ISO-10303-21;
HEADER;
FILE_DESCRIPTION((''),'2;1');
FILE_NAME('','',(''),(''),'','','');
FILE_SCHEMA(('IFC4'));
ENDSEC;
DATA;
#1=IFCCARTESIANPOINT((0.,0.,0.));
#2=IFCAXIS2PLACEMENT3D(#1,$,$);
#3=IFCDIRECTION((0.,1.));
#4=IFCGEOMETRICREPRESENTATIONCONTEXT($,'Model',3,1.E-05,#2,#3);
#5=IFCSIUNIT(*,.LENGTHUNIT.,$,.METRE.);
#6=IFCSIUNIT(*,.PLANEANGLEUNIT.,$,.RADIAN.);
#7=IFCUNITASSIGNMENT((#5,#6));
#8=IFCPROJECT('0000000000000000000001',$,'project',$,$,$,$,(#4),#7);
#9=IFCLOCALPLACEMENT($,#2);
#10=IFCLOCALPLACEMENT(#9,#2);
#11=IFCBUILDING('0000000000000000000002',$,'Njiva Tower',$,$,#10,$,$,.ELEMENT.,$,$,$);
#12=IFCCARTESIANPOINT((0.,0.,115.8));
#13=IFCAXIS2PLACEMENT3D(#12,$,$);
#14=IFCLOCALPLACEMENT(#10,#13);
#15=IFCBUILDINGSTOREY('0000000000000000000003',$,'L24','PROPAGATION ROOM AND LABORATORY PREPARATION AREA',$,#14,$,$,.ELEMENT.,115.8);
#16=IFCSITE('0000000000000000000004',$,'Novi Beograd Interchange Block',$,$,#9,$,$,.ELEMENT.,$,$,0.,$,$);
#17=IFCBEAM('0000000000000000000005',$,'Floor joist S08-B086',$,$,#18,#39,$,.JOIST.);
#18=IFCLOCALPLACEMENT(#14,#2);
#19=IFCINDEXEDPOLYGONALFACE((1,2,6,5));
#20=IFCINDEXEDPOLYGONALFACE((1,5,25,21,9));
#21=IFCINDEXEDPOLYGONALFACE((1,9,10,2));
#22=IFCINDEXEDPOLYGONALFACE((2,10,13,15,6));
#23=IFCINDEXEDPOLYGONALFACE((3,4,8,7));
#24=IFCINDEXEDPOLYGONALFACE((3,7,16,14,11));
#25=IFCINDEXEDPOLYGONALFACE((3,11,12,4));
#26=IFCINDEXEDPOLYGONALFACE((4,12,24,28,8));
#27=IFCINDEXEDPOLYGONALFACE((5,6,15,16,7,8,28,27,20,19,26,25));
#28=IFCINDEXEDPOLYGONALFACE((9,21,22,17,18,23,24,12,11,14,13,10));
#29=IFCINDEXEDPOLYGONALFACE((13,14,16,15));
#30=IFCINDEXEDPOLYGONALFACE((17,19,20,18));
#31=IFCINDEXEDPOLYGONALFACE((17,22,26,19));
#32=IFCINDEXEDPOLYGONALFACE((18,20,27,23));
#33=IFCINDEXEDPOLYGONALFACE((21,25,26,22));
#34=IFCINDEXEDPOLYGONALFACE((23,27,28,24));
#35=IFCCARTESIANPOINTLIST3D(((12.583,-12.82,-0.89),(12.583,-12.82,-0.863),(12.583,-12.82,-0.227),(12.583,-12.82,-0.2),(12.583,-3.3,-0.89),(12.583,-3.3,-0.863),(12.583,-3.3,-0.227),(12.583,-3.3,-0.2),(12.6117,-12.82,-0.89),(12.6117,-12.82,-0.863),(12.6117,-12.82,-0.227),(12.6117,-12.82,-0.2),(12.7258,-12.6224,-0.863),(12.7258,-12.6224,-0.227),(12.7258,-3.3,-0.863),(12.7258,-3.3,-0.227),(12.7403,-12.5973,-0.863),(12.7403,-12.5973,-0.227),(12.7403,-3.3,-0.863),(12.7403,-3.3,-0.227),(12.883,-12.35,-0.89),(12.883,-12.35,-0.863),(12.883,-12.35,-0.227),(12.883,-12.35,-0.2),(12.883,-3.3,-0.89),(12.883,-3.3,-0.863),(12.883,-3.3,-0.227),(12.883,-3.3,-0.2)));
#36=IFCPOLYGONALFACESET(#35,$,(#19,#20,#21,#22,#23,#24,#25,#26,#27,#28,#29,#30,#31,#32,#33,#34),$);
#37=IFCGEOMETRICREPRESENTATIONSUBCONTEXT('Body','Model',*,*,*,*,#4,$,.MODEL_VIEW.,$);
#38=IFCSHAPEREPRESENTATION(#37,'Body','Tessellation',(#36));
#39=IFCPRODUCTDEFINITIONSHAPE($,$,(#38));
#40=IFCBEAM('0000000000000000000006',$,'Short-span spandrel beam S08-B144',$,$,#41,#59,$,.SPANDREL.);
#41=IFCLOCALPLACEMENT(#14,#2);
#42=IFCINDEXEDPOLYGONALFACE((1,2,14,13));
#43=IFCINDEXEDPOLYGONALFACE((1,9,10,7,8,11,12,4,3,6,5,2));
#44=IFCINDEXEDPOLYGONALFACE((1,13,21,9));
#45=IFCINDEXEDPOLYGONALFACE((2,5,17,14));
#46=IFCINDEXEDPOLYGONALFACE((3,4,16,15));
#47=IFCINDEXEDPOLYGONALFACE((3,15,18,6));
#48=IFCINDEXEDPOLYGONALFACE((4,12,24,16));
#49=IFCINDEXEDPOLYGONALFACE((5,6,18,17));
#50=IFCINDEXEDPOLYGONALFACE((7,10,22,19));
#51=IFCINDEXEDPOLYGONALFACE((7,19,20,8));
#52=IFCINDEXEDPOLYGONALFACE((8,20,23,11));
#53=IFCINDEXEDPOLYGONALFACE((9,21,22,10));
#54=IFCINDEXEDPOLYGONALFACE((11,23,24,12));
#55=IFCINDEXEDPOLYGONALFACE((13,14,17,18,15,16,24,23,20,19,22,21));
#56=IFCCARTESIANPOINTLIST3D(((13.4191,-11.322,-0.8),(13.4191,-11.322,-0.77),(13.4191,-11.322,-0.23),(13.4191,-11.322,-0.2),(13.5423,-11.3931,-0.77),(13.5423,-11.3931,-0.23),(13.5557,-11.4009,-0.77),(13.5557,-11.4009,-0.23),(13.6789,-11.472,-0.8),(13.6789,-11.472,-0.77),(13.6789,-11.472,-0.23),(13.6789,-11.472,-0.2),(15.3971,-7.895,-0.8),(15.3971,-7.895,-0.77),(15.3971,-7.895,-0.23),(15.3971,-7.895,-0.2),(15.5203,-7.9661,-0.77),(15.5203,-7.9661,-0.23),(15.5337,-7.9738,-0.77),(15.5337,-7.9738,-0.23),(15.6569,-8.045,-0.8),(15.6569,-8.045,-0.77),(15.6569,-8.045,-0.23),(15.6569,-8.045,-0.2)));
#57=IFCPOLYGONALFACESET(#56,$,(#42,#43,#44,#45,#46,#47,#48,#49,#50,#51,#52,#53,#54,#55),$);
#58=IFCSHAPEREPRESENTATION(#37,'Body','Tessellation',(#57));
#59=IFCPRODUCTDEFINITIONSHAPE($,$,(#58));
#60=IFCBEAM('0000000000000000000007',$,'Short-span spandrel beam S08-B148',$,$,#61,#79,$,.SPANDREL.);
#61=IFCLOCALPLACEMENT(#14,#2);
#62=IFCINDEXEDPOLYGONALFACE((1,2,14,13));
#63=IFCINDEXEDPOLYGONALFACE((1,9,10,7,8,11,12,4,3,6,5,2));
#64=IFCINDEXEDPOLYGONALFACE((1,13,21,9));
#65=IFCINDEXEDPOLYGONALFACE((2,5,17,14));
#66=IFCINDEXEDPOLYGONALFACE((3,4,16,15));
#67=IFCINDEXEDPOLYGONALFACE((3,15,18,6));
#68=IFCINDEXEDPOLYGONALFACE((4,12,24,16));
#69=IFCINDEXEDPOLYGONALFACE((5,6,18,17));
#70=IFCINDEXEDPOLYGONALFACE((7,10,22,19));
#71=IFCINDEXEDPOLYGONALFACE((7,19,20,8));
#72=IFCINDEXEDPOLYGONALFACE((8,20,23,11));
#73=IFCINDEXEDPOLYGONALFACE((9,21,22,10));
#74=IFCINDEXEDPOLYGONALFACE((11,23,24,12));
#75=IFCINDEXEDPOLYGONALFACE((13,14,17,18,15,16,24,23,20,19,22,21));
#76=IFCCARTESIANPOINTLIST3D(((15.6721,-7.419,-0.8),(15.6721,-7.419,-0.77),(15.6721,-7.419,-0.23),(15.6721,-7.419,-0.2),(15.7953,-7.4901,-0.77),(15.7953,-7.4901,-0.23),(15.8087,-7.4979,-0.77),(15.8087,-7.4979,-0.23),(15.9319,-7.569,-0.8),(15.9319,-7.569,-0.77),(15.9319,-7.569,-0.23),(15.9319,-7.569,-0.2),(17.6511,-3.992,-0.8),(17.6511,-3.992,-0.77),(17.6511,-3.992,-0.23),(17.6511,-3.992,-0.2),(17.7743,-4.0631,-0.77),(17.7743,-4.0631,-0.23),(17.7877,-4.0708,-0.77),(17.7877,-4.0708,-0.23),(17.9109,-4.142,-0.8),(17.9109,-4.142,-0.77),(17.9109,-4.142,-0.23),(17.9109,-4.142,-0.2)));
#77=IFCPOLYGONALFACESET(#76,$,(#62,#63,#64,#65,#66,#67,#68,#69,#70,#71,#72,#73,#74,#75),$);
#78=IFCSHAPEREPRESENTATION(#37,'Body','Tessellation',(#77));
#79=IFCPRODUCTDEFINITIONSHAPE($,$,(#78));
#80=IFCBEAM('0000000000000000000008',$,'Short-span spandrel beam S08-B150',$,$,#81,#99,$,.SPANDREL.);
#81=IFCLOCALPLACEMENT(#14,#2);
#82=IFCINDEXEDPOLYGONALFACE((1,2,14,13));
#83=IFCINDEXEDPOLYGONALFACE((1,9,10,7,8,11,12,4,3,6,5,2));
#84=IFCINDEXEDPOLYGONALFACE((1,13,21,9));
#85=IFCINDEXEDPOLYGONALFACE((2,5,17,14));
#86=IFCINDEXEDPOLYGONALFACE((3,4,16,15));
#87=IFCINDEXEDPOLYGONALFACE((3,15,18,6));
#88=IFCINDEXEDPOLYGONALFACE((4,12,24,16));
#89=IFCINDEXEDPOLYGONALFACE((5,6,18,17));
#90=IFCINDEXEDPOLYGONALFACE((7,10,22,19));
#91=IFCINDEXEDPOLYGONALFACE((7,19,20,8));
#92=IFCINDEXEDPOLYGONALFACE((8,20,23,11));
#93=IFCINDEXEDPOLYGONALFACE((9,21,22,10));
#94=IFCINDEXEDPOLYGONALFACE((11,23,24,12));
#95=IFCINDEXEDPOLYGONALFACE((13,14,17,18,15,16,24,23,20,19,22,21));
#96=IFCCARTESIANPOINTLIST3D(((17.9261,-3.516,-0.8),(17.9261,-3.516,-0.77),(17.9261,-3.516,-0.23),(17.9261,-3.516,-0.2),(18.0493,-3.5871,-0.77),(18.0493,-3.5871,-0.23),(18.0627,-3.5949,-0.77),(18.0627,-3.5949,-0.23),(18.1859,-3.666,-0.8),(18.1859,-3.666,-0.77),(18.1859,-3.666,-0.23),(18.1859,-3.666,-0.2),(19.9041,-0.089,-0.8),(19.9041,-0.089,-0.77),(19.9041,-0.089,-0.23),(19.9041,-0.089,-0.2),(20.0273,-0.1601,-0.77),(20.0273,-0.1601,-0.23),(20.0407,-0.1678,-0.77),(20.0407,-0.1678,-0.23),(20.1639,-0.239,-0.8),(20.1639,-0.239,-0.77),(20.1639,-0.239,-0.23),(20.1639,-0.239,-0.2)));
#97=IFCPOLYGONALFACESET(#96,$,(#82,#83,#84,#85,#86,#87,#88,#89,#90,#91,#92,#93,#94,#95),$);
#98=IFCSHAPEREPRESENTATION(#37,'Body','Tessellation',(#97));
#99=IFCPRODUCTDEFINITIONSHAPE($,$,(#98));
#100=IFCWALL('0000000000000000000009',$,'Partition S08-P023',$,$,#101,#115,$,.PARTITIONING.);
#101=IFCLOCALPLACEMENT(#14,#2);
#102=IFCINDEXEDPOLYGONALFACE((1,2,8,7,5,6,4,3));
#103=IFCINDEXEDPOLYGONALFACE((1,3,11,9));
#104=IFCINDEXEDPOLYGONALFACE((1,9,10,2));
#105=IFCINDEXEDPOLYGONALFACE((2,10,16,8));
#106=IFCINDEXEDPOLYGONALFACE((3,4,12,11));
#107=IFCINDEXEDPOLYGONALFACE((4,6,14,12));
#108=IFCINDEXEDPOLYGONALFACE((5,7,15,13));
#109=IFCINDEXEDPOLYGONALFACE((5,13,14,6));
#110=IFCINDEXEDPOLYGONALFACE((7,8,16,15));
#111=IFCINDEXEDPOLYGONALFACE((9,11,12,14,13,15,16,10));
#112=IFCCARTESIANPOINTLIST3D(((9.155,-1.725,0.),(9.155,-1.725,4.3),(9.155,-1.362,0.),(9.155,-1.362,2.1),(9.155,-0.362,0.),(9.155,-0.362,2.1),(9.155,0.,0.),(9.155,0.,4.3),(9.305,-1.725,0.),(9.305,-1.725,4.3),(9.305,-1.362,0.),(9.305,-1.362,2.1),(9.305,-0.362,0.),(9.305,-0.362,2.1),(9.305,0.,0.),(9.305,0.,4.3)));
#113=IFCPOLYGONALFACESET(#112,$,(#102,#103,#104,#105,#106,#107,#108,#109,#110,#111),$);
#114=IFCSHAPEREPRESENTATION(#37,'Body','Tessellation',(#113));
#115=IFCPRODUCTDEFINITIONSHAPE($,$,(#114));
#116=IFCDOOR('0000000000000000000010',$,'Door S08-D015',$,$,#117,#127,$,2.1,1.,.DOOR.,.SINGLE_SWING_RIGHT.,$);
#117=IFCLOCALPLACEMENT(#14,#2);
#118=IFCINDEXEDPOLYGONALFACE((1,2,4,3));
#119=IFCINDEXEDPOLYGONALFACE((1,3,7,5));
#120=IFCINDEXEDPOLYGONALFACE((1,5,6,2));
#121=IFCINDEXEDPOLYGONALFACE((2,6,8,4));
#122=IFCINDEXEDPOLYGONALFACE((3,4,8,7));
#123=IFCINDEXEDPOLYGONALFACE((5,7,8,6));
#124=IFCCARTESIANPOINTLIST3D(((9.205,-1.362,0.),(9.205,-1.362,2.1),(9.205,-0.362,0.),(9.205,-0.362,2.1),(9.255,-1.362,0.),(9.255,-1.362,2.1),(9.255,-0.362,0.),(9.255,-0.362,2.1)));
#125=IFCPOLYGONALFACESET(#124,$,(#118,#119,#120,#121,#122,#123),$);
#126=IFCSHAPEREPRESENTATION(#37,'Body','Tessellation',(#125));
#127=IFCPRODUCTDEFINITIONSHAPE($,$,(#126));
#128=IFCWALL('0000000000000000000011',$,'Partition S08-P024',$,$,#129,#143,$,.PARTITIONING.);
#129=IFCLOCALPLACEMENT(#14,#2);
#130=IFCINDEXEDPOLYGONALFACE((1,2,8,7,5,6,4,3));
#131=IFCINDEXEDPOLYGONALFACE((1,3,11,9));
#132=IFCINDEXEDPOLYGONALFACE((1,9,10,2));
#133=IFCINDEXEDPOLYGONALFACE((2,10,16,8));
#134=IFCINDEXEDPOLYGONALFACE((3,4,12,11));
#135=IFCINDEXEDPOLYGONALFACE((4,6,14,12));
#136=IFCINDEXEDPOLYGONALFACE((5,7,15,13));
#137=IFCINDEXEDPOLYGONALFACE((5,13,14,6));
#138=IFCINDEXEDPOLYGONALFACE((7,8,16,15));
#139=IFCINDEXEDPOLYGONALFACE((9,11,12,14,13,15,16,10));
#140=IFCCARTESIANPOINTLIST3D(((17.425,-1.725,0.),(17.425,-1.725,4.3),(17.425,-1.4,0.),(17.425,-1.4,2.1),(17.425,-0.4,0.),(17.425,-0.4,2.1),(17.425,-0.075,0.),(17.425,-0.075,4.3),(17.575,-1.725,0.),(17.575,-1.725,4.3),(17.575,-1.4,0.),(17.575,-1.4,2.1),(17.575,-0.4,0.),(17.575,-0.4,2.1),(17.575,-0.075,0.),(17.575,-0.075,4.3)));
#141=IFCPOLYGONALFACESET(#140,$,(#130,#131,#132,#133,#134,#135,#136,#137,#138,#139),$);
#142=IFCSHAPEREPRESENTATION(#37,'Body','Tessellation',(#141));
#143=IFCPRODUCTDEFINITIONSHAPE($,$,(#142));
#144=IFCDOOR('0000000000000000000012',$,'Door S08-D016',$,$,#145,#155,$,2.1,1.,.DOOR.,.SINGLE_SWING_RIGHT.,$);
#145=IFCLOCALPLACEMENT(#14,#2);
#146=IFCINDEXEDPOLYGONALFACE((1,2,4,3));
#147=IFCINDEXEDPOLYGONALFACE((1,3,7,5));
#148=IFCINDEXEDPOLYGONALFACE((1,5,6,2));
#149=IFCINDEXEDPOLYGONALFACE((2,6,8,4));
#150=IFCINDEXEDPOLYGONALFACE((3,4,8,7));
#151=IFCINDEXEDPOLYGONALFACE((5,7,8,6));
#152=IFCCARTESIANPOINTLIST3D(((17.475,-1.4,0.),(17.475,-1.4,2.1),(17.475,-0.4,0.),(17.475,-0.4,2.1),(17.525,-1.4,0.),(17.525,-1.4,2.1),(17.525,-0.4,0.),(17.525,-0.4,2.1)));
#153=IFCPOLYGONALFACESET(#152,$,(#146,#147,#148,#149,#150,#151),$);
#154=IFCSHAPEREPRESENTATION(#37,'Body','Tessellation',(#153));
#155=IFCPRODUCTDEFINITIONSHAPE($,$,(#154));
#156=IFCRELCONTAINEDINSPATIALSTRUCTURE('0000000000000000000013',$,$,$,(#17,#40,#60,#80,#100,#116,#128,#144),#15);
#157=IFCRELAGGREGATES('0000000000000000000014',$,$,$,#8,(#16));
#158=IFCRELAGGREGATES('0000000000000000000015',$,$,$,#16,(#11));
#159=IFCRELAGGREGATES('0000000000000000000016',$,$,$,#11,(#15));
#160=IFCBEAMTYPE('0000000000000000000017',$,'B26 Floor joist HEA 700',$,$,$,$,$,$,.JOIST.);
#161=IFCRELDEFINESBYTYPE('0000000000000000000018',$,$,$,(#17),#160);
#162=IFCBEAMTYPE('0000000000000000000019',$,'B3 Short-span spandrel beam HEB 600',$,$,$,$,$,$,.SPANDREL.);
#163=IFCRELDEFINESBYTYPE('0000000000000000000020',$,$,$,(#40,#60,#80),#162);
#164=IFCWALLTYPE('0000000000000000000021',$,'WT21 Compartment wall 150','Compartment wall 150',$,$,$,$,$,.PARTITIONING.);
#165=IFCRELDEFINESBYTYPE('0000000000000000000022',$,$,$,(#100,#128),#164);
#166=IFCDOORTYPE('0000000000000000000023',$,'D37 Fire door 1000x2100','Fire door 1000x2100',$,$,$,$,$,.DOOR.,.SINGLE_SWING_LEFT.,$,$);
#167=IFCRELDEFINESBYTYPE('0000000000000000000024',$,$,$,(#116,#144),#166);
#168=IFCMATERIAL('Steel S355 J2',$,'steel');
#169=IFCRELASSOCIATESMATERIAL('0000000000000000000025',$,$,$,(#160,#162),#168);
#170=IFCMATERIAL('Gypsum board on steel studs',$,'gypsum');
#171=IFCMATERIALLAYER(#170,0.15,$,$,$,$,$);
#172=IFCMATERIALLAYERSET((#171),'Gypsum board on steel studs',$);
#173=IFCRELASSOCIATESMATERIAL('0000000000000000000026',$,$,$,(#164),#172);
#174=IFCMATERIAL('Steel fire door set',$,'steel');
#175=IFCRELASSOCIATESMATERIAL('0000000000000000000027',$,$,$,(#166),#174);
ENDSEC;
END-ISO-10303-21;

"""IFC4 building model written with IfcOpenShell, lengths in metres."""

from ifc_helpers import new_model, si_unit, direction, frame, frame_2d, origin, origin_2d, place, context, subcontext, project, spatial, rectangle, i_section, extrude, clip, halfspace, material, layer, layer_set, material_profile, profile_set, type_object, element, fill, save


model = new_model("IFC4")

# Units and contexts
model_context = context("Model", 3, precision=1e-05, world=origin(), true_north=direction((0.0, 1.0)))
body_context = subcontext(model_context, "Body", "Model", "MODEL_VIEW")
ifc_project = project(units=[si_unit("LENGTHUNIT", "METRE"), si_unit("PLANEANGLEUNIT", "RADIAN")], contexts=[model_context])

# Site, building, storey
site_placement = place(None, origin())
site = spatial("IfcSite", under=ifc_project, at=site_placement, Name="Novi Beograd Interchange Block", CompositionType="ELEMENT", RefElevation=0.0)
building_placement = place(site_placement, origin())
building = spatial("IfcBuilding", under=site, at=building_placement, Name="Njiva Tower", CompositionType="ELEMENT")
storey_placement = place(building_placement, frame((0.0, 0.0, 115.8)))
storey = spatial("IfcBuildingStorey", under=building, at=storey_placement, Name="L24", Description="PROPAGATION ROOM AND LABORATORY PREPARATION AREA", CompositionType="ELEMENT", Elevation=115.8)

# Shared definitions
ifc_material_1 = material(Name="Steel S355 J2", Category="steel")

# Beams
ifc_material_profile_1 = material_profile(ifc_material_1, i_section(OverallWidth=0.3, OverallDepth=0.69, WebThickness=0.0145, FlangeThickness=0.027, at=origin_2d()), Name="HEA 700")
ifc_profile_set_1 = profile_set([ifc_material_profile_1], Name="Steel S355 J2")
beam_type_1 = type_object("IfcBeamType", Name="B26 Floor joist HEA 700", PredefinedType="JOIST", material=ifc_profile_set_1)
beam_1_placement = place(storey_placement, frame((12.733, -3.3, -0.545), z_axis=(0.0, -1.0, 0.0), x_axis=(1.0, 0.0, 0.0)))
element("IfcBeam", 1, at=beam_1_placement, inside=storey, type_object=beam_type_1, Name="Floor joist S08-B086", PredefinedType="JOIST", context=body_context, shape_type="Clipping", body=[
    clip(extrude(i_section(OverallWidth=0.3, OverallDepth=0.69, WebThickness=0.0145, FlangeThickness=0.027, at=origin_2d()), origin(), (0.0, 0.0, 1.0), 9.52), halfspace(frame((0.0436, 0.0, 9.2343), z_axis=(0.866027, 0.0, 0.499998), x_axis=(0.0, 1.0, 0.0)), False)),
])
ifc_material_profile_2 = material_profile(ifc_material_1, i_section(OverallWidth=0.3, OverallDepth=0.6, WebThickness=0.0155, FlangeThickness=0.03, at=origin_2d()), Name="HEB 600")
ifc_profile_set_2 = profile_set([ifc_material_profile_2], Name="Steel S355 J2")
beam_type_2 = type_object("IfcBeamType", Name="B3 Short-span spandrel beam HEB 600", PredefinedType="SPANDREL", material=ifc_profile_set_2)
beam_2_placement = place(storey_placement, frame((13.549, -11.397, -0.5), z_axis=(0.49989, 0.866089, 0.0), x_axis=(-0.866089, 0.49989, 0.0)))
element("IfcBeam", 2, at=beam_2_placement, inside=storey, type_object=beam_type_2, Name="Short-span spandrel beam S08-B144", PredefinedType="SPANDREL", context=body_context, shape_type="SweptSolid", body=[
    extrude(i_section(OverallWidth=0.3, OverallDepth=0.6, WebThickness=0.0155, FlangeThickness=0.03, at=origin_2d()), origin(), (0.0, 0.0, 1.0), 3.9569),
])
beam_3_placement = place(storey_placement, frame((15.802, -7.494, -0.5), z_axis=(0.50008, 0.865979, 0.0), x_axis=(-0.865979, 0.50008, 0.0)))
element("IfcBeam", 3, at=beam_3_placement, inside=storey, type_object=beam_type_2, Name="Short-span spandrel beam S08-B148", PredefinedType="SPANDREL", context=body_context, shape_type="SweptSolid", body=[
    extrude(i_section(OverallWidth=0.3, OverallDepth=0.6, WebThickness=0.0155, FlangeThickness=0.03, at=origin_2d()), origin(), (0.0, 0.0, 1.0), 3.9574),
])
beam_4_placement = place(storey_placement, frame((18.056, -3.591, -0.5), z_axis=(0.49989, 0.866089, 0.0), x_axis=(-0.866089, 0.49989, 0.0)))
element("IfcBeam", 4, at=beam_4_placement, inside=storey, type_object=beam_type_2, Name="Short-span spandrel beam S08-B150", PredefinedType="SPANDREL", context=body_context, shape_type="SweptSolid", body=[
    extrude(i_section(OverallWidth=0.3, OverallDepth=0.6, WebThickness=0.0155, FlangeThickness=0.03, at=origin_2d()), origin(), (0.0, 0.0, 1.0), 3.9569),
])

# Walls, openings, doors
ifc_material_2 = material(Name="Gypsum board on steel studs", Category="gypsum")
ifc_layer = layer(ifc_material_2, 0.15)
ifc_layer_set = layer_set([ifc_layer], Name="Gypsum board on steel studs")
wall_type = type_object("IfcWallType", Name="WT21 Compartment wall 150", Description="Compartment wall 150", PredefinedType="PARTITIONING", material=ifc_layer_set)
wall_1_placement = place(storey_placement, frame((9.23, -1.725, 0.0), z_axis=(0.0, 0.0, 1.0), x_axis=(0.0, 1.0, 0.0)))
wall_1 = element("IfcWall", 5, at=wall_1_placement, inside=storey, type_object=wall_type, Name="Partition S08-P023", PredefinedType="PARTITIONING", context=body_context, shape_type="SweptSolid", body=[
    extrude(rectangle(XDim=1.725, YDim=0.15, at=frame_2d((0.8625, 0.0))), origin(), (0.0, 0.0, 1.0), 4.3),
])
opening_1_placement = place(wall_1_placement, frame((0.363, 0.0, 0.0)))
opening_1 = element("IfcOpeningElement", 6, at=opening_1_placement, cuts=wall_1, PredefinedType="OPENING", context=body_context, shape_type="SweptSolid", body=[
    extrude(rectangle(XDim=1.0, YDim=2.1, at=frame_2d((0.5, 1.05))), frame((0.0, 0.085, 0.0), z_axis=(0.0, -1.0, 0.0), x_axis=(1.0, 0.0, 0.0)), (0.0, 0.0, 1.0), 0.17),
])
ifc_material_3 = material(Name="Steel fire door set", Category="steel")
door_type = type_object("IfcDoorType", Name="D37 Fire door 1000x2100", Description="Fire door 1000x2100", OperationType="SINGLE_SWING_LEFT", PredefinedType="DOOR", material=ifc_material_3)
door_1_placement = place(opening_1_placement, origin())
door_1 = element("IfcDoor", 7, at=door_1_placement, inside=storey, type_object=door_type, Name="Door S08-D015", OperationType="SINGLE_SWING_RIGHT", OverallHeight=2.1, OverallWidth=1.0, PredefinedType="DOOR", context=body_context, shape_type="SweptSolid", body=[
    extrude(rectangle(XDim=1.0, YDim=2.1, at=frame_2d((0.5, 1.05))), frame((0.0, 0.025, 0.0), z_axis=(0.0, -1.0, 0.0), x_axis=(1.0, 0.0, 0.0)), (0.0, 0.0, 1.0), 0.05),
])
fill(opening_1, door_1)
wall_2_placement = place(storey_placement, frame((17.5, -1.725, 0.0), z_axis=(0.0, 0.0, 1.0), x_axis=(0.0, 1.0, 0.0)))
wall_2 = element("IfcWall", 8, at=wall_2_placement, inside=storey, type_object=wall_type, Name="Partition S08-P024", PredefinedType="PARTITIONING", context=body_context, shape_type="SweptSolid", body=[
    extrude(rectangle(XDim=1.65, YDim=0.15, at=frame_2d((0.825, 0.0))), origin(), (0.0, 0.0, 1.0), 4.3),
])
opening_2_placement = place(wall_2_placement, frame((0.325, 0.0, 0.0)))
opening_2 = element("IfcOpeningElement", 9, at=opening_2_placement, cuts=wall_2, PredefinedType="OPENING", context=body_context, shape_type="SweptSolid", body=[
    extrude(rectangle(XDim=1.0, YDim=2.1, at=frame_2d((0.5, 1.05))), frame((0.0, 0.085, 0.0), z_axis=(0.0, -1.0, 0.0), x_axis=(1.0, 0.0, 0.0)), (0.0, 0.0, 1.0), 0.17),
])
door_2_placement = place(opening_2_placement, origin())
door_2 = element("IfcDoor", 10, at=door_2_placement, inside=storey, type_object=door_type, Name="Door S08-D016", OperationType="SINGLE_SWING_RIGHT", OverallHeight=2.1, OverallWidth=1.0, PredefinedType="DOOR", context=body_context, shape_type="SweptSolid", body=[
    extrude(rectangle(XDim=1.0, YDim=2.1, at=frame_2d((0.5, 1.05))), frame((0.0, 0.025, 0.0), z_axis=(0.0, -1.0, 0.0), x_axis=(1.0, 0.0, 0.0)), (0.0, 0.0, 1.0), 0.05),
])
fill(opening_2, door_2)

save(model, "model.ifc")
